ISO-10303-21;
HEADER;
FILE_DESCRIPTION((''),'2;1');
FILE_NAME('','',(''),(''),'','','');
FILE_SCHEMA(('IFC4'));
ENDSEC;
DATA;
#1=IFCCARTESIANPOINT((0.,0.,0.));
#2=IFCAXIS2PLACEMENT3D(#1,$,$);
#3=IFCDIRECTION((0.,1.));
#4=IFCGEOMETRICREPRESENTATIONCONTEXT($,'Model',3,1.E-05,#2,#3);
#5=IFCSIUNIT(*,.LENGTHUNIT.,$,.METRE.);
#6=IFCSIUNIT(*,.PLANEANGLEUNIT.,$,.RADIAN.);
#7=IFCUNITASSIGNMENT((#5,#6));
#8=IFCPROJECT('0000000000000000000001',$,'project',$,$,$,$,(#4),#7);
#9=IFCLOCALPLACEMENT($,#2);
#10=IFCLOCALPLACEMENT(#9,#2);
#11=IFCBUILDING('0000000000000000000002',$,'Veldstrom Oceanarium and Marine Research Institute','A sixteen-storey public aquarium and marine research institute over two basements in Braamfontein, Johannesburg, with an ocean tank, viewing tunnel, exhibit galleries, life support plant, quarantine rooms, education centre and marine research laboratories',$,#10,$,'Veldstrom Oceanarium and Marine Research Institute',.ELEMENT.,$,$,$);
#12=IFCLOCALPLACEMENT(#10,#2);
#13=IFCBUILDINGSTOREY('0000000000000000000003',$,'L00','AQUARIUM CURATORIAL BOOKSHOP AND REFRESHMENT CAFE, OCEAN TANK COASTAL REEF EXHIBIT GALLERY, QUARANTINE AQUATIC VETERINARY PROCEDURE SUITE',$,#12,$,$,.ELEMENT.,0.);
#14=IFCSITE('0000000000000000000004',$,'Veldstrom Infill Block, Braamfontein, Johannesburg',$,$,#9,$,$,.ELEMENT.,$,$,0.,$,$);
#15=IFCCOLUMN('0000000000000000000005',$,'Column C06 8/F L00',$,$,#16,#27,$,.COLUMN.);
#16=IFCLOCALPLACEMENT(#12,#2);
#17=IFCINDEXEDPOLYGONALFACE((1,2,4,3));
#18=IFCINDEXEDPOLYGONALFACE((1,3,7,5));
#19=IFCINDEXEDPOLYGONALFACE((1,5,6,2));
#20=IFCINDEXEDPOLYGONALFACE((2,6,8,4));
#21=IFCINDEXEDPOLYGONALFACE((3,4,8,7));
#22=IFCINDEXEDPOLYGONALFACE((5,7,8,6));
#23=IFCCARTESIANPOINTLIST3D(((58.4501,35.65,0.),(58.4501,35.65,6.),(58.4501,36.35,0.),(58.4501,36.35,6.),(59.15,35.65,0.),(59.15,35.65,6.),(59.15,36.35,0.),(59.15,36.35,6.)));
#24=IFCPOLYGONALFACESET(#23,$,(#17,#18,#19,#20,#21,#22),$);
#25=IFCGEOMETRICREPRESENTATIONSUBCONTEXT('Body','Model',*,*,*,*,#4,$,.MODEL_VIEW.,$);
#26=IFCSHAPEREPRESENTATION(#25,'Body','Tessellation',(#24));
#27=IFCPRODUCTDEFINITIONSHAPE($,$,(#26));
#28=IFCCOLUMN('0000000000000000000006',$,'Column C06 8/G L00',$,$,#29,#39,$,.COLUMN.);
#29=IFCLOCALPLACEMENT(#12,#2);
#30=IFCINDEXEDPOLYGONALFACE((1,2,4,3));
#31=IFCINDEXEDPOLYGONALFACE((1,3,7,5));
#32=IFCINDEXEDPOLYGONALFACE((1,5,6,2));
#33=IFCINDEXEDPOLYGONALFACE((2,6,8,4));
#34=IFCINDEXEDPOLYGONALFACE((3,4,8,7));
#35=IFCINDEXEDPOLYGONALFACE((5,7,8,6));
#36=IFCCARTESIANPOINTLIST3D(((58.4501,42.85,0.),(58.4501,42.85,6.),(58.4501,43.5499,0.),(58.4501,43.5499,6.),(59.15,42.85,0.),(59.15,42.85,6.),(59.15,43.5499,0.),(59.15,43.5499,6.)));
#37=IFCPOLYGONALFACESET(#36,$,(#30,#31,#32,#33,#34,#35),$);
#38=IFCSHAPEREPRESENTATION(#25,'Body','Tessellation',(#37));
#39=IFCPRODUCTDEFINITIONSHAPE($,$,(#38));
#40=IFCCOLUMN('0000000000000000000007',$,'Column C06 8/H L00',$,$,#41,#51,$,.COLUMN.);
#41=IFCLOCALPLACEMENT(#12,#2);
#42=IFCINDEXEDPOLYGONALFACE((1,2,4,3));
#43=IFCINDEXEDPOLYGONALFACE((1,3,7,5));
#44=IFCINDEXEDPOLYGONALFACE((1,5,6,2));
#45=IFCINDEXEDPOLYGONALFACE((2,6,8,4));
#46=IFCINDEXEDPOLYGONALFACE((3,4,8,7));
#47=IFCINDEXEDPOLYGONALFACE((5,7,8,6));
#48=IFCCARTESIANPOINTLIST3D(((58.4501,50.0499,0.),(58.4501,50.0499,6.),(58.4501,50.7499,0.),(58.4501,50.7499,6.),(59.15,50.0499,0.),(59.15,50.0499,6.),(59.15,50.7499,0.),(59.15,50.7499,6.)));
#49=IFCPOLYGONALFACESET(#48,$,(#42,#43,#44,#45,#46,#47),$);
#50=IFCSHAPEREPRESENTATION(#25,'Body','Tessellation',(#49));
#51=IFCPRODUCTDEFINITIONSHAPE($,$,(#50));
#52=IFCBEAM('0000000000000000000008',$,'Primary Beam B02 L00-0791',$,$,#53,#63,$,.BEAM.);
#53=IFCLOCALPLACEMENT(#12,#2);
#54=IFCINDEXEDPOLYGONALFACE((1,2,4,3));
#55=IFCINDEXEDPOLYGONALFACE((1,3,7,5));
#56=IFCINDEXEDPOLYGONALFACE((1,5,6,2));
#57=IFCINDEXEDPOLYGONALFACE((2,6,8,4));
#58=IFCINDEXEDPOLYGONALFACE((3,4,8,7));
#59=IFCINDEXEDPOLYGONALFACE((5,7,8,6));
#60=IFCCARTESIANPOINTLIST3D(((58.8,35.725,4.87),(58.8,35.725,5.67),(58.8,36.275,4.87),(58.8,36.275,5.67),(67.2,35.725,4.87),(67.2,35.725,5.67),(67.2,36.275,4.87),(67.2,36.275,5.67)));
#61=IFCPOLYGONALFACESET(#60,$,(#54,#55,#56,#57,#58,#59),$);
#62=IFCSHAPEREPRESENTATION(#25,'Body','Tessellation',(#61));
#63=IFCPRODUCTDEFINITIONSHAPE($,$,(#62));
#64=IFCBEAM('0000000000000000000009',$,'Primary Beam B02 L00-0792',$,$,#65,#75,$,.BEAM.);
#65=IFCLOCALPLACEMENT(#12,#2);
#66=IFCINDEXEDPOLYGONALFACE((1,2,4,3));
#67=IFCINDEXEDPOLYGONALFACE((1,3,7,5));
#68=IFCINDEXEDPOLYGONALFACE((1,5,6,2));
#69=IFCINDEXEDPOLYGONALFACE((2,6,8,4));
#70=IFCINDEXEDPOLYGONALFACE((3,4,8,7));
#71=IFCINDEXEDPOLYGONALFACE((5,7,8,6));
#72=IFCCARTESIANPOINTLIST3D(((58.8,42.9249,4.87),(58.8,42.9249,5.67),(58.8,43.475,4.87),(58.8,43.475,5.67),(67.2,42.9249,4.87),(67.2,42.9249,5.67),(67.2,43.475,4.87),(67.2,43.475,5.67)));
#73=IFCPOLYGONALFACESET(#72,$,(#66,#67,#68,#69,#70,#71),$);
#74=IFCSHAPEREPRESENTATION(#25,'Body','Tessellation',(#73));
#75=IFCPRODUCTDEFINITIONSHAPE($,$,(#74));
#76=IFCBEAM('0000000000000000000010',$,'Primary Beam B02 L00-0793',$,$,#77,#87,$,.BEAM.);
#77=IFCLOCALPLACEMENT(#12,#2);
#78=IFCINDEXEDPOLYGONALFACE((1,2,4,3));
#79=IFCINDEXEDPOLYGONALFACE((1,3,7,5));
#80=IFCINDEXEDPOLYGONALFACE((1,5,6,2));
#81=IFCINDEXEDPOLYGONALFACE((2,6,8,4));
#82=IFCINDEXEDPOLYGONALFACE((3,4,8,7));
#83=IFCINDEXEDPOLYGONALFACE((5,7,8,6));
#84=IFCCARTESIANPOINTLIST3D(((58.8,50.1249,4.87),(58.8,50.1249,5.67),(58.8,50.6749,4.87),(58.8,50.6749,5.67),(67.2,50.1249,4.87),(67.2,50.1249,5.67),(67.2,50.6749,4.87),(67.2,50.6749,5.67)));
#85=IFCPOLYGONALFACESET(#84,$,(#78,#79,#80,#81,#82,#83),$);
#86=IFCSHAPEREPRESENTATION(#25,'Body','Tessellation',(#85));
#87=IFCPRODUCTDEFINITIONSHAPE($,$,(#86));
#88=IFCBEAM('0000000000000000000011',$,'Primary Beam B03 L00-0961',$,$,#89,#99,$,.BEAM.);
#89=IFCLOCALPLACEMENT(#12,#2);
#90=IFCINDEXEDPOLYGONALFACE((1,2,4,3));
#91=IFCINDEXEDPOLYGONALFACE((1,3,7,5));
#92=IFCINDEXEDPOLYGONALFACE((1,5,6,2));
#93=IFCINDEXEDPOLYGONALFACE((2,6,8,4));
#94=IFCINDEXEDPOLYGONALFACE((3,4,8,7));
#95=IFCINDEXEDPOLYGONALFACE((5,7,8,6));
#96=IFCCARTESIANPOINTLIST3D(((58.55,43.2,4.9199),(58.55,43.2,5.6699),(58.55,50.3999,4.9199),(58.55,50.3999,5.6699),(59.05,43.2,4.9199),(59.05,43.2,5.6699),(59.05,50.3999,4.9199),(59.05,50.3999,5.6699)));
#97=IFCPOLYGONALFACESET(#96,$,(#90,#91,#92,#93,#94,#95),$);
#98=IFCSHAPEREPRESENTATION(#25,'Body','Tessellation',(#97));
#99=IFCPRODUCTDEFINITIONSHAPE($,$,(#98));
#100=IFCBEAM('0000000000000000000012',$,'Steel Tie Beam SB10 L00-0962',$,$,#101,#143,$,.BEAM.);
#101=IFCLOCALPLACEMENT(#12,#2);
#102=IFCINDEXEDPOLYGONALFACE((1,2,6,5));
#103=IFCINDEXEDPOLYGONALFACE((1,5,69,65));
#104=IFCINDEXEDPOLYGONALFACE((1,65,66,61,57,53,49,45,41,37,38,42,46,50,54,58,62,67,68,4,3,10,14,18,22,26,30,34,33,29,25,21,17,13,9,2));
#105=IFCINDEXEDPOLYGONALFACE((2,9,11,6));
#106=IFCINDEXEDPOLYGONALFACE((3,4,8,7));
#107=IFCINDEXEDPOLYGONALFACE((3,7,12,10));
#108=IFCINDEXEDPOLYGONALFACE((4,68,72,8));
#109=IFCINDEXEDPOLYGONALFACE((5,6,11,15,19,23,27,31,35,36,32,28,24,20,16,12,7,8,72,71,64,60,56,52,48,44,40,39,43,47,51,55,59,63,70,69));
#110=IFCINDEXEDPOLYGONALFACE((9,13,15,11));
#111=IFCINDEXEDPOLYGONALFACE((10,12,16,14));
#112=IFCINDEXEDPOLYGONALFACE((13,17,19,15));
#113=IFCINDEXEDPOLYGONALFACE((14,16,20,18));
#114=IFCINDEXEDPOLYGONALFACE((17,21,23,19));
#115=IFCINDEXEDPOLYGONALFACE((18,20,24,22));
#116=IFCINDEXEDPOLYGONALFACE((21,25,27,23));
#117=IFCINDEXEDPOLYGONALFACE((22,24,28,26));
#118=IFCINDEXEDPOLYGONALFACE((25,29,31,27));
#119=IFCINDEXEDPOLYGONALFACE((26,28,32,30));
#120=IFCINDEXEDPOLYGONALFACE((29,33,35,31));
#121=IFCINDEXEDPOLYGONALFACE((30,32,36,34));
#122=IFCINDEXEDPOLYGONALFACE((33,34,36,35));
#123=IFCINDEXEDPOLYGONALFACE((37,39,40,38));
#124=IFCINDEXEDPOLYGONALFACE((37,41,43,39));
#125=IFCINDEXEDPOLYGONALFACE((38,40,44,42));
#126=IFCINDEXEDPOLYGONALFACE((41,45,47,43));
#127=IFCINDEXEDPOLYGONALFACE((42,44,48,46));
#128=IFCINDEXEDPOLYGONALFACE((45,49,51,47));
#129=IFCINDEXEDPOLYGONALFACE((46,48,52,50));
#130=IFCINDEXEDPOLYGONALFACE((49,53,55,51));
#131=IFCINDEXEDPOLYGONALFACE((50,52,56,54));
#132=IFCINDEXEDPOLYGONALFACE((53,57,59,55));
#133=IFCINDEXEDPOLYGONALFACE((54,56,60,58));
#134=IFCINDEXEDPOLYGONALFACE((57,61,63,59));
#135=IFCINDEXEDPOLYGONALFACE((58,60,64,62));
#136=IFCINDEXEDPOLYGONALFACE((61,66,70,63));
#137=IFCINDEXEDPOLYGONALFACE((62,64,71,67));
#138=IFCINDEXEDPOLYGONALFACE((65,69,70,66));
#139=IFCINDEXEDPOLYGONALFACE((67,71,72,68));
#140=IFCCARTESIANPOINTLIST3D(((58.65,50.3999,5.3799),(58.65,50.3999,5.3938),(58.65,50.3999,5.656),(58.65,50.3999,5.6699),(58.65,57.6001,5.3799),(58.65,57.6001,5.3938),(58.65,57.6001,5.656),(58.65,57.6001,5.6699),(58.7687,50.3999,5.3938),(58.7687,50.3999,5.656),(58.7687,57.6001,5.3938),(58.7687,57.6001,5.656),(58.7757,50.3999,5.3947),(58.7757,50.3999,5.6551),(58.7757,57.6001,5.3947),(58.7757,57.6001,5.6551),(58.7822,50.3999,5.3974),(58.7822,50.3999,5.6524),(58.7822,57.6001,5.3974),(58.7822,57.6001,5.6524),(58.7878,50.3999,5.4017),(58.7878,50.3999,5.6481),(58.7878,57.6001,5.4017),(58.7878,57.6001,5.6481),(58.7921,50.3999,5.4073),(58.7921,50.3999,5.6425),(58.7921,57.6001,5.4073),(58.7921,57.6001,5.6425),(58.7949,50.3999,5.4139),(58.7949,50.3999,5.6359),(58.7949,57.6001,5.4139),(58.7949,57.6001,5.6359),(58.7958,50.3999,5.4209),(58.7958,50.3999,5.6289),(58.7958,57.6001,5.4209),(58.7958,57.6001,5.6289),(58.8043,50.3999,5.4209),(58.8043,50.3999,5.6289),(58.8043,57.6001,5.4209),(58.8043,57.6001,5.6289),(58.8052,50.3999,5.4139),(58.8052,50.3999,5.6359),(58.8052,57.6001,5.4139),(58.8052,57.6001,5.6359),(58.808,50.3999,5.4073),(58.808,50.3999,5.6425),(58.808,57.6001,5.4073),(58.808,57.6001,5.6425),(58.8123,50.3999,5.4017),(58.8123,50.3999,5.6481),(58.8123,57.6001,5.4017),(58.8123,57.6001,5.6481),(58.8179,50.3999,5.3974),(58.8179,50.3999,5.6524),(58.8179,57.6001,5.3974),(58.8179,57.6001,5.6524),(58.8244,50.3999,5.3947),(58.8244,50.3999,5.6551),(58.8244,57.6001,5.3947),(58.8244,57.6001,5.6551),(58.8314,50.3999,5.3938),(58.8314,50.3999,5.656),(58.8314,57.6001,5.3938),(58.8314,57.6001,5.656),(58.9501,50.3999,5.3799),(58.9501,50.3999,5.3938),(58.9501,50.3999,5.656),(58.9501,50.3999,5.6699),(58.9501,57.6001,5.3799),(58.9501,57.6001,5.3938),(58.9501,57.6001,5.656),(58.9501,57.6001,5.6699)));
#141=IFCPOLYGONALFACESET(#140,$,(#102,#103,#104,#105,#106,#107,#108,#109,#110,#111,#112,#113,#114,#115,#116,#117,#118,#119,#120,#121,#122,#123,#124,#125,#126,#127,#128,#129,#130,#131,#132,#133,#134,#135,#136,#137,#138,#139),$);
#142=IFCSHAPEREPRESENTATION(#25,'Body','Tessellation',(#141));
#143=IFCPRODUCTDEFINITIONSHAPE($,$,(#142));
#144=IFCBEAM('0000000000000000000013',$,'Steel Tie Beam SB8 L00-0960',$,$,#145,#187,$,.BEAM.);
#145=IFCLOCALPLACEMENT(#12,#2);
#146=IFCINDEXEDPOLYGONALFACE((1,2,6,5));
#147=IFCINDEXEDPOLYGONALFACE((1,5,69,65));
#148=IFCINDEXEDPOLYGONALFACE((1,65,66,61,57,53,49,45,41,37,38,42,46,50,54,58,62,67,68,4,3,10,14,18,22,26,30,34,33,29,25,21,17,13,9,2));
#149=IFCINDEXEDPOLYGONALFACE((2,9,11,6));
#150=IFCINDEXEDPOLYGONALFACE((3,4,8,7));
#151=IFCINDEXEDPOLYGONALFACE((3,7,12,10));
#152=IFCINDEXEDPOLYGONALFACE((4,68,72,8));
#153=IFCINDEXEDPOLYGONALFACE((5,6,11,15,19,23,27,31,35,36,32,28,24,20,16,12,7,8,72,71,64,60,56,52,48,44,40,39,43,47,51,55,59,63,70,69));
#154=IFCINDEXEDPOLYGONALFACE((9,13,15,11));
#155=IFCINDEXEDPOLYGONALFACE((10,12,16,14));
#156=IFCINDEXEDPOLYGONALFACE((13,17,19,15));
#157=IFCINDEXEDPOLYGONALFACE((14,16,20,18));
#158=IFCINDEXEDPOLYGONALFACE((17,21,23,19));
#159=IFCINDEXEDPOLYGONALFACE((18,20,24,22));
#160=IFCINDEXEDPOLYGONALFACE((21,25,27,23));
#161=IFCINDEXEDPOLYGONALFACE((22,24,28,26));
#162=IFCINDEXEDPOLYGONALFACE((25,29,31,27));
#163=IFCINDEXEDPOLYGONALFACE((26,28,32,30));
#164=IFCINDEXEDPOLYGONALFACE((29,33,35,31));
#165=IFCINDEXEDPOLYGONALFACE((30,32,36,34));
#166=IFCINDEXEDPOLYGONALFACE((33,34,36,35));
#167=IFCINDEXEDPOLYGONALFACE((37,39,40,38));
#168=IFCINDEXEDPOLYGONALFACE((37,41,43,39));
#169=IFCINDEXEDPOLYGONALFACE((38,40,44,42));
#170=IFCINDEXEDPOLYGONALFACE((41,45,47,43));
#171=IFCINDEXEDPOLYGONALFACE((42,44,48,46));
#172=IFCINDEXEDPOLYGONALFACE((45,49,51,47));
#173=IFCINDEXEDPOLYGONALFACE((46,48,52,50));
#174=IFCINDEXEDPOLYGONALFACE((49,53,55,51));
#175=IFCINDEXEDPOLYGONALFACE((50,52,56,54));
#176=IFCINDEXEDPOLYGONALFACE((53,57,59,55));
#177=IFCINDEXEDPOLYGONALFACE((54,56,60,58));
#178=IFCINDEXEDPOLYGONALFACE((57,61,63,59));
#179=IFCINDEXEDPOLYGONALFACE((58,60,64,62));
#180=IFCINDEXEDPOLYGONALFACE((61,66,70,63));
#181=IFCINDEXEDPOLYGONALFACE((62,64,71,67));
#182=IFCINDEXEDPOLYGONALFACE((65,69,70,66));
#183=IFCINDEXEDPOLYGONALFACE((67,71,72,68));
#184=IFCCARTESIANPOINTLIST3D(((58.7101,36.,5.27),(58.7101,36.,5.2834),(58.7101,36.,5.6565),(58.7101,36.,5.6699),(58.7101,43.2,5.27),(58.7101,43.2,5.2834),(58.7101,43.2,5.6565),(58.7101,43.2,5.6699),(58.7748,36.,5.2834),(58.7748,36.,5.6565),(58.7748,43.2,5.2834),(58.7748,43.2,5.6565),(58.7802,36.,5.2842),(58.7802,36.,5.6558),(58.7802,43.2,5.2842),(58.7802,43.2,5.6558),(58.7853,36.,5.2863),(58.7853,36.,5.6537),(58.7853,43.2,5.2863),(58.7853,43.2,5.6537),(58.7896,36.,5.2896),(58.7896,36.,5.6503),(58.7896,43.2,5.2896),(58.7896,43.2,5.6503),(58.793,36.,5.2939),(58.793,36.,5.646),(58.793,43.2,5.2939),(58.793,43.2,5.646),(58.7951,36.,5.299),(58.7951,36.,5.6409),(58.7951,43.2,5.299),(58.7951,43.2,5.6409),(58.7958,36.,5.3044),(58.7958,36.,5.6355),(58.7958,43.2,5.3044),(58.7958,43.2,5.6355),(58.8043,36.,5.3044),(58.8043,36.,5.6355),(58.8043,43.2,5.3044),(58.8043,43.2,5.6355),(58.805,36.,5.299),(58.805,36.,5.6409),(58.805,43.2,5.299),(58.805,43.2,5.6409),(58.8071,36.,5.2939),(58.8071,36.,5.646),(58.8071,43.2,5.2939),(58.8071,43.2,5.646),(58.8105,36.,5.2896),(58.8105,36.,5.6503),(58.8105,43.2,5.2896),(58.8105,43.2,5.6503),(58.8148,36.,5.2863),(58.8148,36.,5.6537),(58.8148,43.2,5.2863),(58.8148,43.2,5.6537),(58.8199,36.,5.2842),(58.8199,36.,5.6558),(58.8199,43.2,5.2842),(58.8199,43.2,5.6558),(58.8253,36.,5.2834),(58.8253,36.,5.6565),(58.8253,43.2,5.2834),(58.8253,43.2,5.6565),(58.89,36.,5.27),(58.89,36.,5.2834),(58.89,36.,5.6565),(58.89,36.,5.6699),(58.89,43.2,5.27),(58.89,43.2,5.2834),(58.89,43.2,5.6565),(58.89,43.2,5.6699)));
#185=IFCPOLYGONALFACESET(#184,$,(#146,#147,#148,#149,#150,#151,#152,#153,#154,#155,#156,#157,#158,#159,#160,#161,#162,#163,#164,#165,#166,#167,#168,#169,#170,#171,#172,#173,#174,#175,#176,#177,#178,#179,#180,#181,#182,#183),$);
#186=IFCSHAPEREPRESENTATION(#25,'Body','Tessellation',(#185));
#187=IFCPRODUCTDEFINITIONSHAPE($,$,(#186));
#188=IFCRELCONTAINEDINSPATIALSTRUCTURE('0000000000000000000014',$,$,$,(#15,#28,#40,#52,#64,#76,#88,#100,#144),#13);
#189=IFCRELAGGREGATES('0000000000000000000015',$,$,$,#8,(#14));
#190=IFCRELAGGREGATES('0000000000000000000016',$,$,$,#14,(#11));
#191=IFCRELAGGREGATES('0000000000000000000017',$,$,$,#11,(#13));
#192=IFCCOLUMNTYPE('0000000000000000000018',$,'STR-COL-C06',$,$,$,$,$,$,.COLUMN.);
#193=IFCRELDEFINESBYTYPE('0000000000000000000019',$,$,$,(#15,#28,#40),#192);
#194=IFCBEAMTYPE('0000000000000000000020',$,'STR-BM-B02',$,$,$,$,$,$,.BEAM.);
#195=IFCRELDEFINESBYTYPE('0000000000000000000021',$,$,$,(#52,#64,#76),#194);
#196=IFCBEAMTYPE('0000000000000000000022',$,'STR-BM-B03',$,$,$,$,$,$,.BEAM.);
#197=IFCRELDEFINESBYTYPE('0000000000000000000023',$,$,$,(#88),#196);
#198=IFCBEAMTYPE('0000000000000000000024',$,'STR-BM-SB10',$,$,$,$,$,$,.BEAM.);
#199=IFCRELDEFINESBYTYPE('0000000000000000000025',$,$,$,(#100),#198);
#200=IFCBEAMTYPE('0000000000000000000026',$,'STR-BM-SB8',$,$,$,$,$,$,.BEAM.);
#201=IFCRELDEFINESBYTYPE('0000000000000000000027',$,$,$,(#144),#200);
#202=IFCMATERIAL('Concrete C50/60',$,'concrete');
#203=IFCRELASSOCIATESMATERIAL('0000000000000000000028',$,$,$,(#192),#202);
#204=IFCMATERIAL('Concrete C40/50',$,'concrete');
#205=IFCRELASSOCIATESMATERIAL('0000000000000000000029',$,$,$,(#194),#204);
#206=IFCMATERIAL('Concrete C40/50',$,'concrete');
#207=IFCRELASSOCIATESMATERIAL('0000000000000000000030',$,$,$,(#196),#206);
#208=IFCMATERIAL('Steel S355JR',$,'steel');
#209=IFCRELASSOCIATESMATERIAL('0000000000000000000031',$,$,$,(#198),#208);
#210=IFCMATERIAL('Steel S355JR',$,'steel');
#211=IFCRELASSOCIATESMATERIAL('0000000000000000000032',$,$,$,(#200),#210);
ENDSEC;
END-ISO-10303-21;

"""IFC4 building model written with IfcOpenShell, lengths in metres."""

from ifc_helpers import new_model, si_unit, direction, frame, origin, origin_2d, place, context, subcontext, project, spatial, rectangle, i_section, extrude, material, material_profile, profile_set, type_object, element, save


model = new_model("IFC4")

# Units and contexts
model_context = context("Model", 3, precision=1e-05, world=origin(), true_north=direction((0.0, 1.0)))
body_context = subcontext(model_context, "Body", "Model", "MODEL_VIEW")
ifc_project = project(units=[si_unit("LENGTHUNIT", "METRE"), si_unit("PLANEANGLEUNIT", "RADIAN")], contexts=[model_context])

# Site, building, storey
site_placement = place(None, origin())
site = spatial("IfcSite", under=ifc_project, at=site_placement, Name="Veldstrom Infill Block, Braamfontein, Johannesburg", CompositionType="ELEMENT", RefElevation=0.0)
building_placement = place(site_placement, origin())
building = spatial("IfcBuilding", under=site, at=building_placement, Name="Veldstrom Oceanarium and Marine Research Institute", Description="A sixteen-storey public aquarium and marine research institute over two basements in Braamfontein, Johannesburg, with an ocean tank, viewing tunnel, exhibit galleries, life support plant, quarantine rooms, education centre and marine research laboratories", LongName="Veldstrom Oceanarium and Marine Research Institute", CompositionType="ELEMENT")
storey_placement = place(building_placement, origin())
storey = spatial("IfcBuildingStorey", under=building, at=storey_placement, Name="L00", Description="AQUARIUM CURATORIAL BOOKSHOP AND REFRESHMENT CAFE, OCEAN TANK COASTAL REEF EXHIBIT GALLERY, QUARANTINE AQUATIC VETERINARY PROCEDURE SUITE", CompositionType="ELEMENT", Elevation=0.0)

# Columns
ifc_material_1 = material(Name="Concrete C50/60", Category="concrete")
ifc_material_profile_1 = material_profile(ifc_material_1, rectangle(XDim=0.7, YDim=0.7, at=origin_2d()), Name="RC-COL-700x700")
ifc_profile_set_1 = profile_set([ifc_material_profile_1], Name="Concrete C50/60")
column_type = type_object("IfcColumnType", Name="STR-COL-C06", PredefinedType="COLUMN", material=ifc_profile_set_1)
for number, where, z_axis, x_axis, name in (
    (1, (58.8, 36.0, 0.0), (0.0, 0.0, 1.0), (1.0, 0.0, 0.0), "Column C06 8/F L00"),
    (2, (58.8, 43.2, 0.0), (0.0, 0.0, 1.0), (1.0, 0.0, 0.0), "Column C06 8/G L00"),
    (3, (58.8, 50.3999, 0.0), (0.0, 0.0, 1.0), (1.0, 0.0, 0.0), "Column C06 8/H L00"),
):
    element("IfcColumn", number, at=place(storey_placement, frame(where, z_axis=z_axis, x_axis=x_axis)), inside=storey, type_object=column_type, Name=name, PredefinedType="COLUMN", context=body_context, shape_type="SweptSolid", body=[
        extrude(rectangle(XDim=0.7, YDim=0.7, at=origin_2d()), origin(), (0.0, 0.0, 1.0), 6.0),
    ])

# Beams
ifc_material_2 = material(Name="Concrete C40/50", Category="concrete")
ifc_material_profile_2 = material_profile(ifc_material_2, rectangle(XDim=0.55, YDim=0.8, at=origin_2d()), Name="RC-BM-550x800")
ifc_profile_set_2 = profile_set([ifc_material_profile_2], Name="Concrete C40/50")
beam_type_1 = type_object("IfcBeamType", Name="STR-BM-B02", PredefinedType="BEAM", material=ifc_profile_set_2)
for number, where, z_axis, x_axis, name in (
    (4, (58.8, 36.0, 5.27), (1.0, 0.0, 0.0), (0.0, 1.0, 0.0), "Primary Beam B02 L00-0791"),
    (5, (58.8, 43.2, 5.27), (1.0, 0.0, 0.0), (0.0, 1.0, 0.0), "Primary Beam B02 L00-0792"),
    (6, (58.8, 50.3999, 5.27), (1.0, 0.0, 0.0), (0.0, 1.0, 0.0), "Primary Beam B02 L00-0793"),
):
    element("IfcBeam", number, at=place(storey_placement, frame(where, z_axis=z_axis, x_axis=x_axis)), inside=storey, type_object=beam_type_1, Name=name, PredefinedType="BEAM", context=body_context, shape_type="SweptSolid", body=[
        extrude(rectangle(XDim=0.55, YDim=0.8, at=origin_2d()), origin(), (0.0, 0.0, 1.0), 8.3999),
    ])
ifc_material_3 = material(Name="Concrete C40/50", Category="concrete")
ifc_material_profile_3 = material_profile(ifc_material_3, rectangle(XDim=0.5, YDim=0.75, at=origin_2d()), Name="RC-BM-500x750")
ifc_profile_set_3 = profile_set([ifc_material_profile_3], Name="Concrete C40/50")
beam_type_2 = type_object("IfcBeamType", Name="STR-BM-B03", PredefinedType="BEAM", material=ifc_profile_set_3)
beam_1_placement = place(storey_placement, frame((58.8, 43.2, 5.2949), z_axis=(0.0, 1.0, 0.0), x_axis=(-1.0, 0.0, 0.0)))
element("IfcBeam", 7, at=beam_1_placement, inside=storey, type_object=beam_type_2, Name="Primary Beam B03 L00-0961", PredefinedType="BEAM", context=body_context, shape_type="SweptSolid", body=[
    extrude(rectangle(XDim=0.5, YDim=0.75, at=origin_2d()), origin(), (0.0, 0.0, 1.0), 7.2),
])
ifc_material_4 = material(Name="Steel S355JR", Category="steel")
ifc_material_profile_4 = material_profile(ifc_material_4, i_section(OverallWidth=0.3, OverallDepth=0.29, WebThickness=0.0085, FlangeThickness=0.0139, FilletRadius=0.0271, at=origin_2d()), Name="HEA 300")
ifc_profile_set_4 = profile_set([ifc_material_profile_4], Name="Steel S355JR")
beam_type_3 = type_object("IfcBeamType", Name="STR-BM-SB10", PredefinedType="BEAM", material=ifc_profile_set_4)
beam_2_placement = place(storey_placement, frame((58.8, 50.3999, 5.5249), z_axis=(0.0, 1.0, 0.0), x_axis=(-1.0, 0.0, 0.0)))
element("IfcBeam", 8, at=beam_2_placement, inside=storey, type_object=beam_type_3, Name="Steel Tie Beam SB10 L00-0962", PredefinedType="BEAM", context=body_context, shape_type="SweptSolid", body=[
    extrude(i_section(OverallWidth=0.3, OverallDepth=0.29, WebThickness=0.0085, FlangeThickness=0.0139, FilletRadius=0.0271, at=origin_2d()), origin(), (0.0, 0.0, 1.0), 7.2002),
])
ifc_material_5 = material(Name="Steel S355JR", Category="steel")
ifc_material_profile_5 = material_profile(ifc_material_5, i_section(OverallWidth=0.1799, OverallDepth=0.3999, WebThickness=0.0085, FlangeThickness=0.0134, FilletRadius=0.021, at=origin_2d()), Name="IPE 400")
ifc_profile_set_5 = profile_set([ifc_material_profile_5], Name="Steel S355JR")
beam_type_4 = type_object("IfcBeamType", Name="STR-BM-SB8", PredefinedType="BEAM", material=ifc_profile_set_5)
beam_3_placement = place(storey_placement, frame((58.8, 36.0, 5.47), z_axis=(0.0, 1.0, 0.0), x_axis=(-1.0, 0.0, 0.0)))
element("IfcBeam", 9, at=beam_3_placement, inside=storey, type_object=beam_type_4, Name="Steel Tie Beam SB8 L00-0960", PredefinedType="BEAM", context=body_context, shape_type="SweptSolid", body=[
    extrude(i_section(OverallWidth=0.1799, OverallDepth=0.3999, WebThickness=0.0085, FlangeThickness=0.0134, FilletRadius=0.021, at=origin_2d()), origin(), (0.0, 0.0, 1.0), 7.2),
])

save(model, "model.ifc")
